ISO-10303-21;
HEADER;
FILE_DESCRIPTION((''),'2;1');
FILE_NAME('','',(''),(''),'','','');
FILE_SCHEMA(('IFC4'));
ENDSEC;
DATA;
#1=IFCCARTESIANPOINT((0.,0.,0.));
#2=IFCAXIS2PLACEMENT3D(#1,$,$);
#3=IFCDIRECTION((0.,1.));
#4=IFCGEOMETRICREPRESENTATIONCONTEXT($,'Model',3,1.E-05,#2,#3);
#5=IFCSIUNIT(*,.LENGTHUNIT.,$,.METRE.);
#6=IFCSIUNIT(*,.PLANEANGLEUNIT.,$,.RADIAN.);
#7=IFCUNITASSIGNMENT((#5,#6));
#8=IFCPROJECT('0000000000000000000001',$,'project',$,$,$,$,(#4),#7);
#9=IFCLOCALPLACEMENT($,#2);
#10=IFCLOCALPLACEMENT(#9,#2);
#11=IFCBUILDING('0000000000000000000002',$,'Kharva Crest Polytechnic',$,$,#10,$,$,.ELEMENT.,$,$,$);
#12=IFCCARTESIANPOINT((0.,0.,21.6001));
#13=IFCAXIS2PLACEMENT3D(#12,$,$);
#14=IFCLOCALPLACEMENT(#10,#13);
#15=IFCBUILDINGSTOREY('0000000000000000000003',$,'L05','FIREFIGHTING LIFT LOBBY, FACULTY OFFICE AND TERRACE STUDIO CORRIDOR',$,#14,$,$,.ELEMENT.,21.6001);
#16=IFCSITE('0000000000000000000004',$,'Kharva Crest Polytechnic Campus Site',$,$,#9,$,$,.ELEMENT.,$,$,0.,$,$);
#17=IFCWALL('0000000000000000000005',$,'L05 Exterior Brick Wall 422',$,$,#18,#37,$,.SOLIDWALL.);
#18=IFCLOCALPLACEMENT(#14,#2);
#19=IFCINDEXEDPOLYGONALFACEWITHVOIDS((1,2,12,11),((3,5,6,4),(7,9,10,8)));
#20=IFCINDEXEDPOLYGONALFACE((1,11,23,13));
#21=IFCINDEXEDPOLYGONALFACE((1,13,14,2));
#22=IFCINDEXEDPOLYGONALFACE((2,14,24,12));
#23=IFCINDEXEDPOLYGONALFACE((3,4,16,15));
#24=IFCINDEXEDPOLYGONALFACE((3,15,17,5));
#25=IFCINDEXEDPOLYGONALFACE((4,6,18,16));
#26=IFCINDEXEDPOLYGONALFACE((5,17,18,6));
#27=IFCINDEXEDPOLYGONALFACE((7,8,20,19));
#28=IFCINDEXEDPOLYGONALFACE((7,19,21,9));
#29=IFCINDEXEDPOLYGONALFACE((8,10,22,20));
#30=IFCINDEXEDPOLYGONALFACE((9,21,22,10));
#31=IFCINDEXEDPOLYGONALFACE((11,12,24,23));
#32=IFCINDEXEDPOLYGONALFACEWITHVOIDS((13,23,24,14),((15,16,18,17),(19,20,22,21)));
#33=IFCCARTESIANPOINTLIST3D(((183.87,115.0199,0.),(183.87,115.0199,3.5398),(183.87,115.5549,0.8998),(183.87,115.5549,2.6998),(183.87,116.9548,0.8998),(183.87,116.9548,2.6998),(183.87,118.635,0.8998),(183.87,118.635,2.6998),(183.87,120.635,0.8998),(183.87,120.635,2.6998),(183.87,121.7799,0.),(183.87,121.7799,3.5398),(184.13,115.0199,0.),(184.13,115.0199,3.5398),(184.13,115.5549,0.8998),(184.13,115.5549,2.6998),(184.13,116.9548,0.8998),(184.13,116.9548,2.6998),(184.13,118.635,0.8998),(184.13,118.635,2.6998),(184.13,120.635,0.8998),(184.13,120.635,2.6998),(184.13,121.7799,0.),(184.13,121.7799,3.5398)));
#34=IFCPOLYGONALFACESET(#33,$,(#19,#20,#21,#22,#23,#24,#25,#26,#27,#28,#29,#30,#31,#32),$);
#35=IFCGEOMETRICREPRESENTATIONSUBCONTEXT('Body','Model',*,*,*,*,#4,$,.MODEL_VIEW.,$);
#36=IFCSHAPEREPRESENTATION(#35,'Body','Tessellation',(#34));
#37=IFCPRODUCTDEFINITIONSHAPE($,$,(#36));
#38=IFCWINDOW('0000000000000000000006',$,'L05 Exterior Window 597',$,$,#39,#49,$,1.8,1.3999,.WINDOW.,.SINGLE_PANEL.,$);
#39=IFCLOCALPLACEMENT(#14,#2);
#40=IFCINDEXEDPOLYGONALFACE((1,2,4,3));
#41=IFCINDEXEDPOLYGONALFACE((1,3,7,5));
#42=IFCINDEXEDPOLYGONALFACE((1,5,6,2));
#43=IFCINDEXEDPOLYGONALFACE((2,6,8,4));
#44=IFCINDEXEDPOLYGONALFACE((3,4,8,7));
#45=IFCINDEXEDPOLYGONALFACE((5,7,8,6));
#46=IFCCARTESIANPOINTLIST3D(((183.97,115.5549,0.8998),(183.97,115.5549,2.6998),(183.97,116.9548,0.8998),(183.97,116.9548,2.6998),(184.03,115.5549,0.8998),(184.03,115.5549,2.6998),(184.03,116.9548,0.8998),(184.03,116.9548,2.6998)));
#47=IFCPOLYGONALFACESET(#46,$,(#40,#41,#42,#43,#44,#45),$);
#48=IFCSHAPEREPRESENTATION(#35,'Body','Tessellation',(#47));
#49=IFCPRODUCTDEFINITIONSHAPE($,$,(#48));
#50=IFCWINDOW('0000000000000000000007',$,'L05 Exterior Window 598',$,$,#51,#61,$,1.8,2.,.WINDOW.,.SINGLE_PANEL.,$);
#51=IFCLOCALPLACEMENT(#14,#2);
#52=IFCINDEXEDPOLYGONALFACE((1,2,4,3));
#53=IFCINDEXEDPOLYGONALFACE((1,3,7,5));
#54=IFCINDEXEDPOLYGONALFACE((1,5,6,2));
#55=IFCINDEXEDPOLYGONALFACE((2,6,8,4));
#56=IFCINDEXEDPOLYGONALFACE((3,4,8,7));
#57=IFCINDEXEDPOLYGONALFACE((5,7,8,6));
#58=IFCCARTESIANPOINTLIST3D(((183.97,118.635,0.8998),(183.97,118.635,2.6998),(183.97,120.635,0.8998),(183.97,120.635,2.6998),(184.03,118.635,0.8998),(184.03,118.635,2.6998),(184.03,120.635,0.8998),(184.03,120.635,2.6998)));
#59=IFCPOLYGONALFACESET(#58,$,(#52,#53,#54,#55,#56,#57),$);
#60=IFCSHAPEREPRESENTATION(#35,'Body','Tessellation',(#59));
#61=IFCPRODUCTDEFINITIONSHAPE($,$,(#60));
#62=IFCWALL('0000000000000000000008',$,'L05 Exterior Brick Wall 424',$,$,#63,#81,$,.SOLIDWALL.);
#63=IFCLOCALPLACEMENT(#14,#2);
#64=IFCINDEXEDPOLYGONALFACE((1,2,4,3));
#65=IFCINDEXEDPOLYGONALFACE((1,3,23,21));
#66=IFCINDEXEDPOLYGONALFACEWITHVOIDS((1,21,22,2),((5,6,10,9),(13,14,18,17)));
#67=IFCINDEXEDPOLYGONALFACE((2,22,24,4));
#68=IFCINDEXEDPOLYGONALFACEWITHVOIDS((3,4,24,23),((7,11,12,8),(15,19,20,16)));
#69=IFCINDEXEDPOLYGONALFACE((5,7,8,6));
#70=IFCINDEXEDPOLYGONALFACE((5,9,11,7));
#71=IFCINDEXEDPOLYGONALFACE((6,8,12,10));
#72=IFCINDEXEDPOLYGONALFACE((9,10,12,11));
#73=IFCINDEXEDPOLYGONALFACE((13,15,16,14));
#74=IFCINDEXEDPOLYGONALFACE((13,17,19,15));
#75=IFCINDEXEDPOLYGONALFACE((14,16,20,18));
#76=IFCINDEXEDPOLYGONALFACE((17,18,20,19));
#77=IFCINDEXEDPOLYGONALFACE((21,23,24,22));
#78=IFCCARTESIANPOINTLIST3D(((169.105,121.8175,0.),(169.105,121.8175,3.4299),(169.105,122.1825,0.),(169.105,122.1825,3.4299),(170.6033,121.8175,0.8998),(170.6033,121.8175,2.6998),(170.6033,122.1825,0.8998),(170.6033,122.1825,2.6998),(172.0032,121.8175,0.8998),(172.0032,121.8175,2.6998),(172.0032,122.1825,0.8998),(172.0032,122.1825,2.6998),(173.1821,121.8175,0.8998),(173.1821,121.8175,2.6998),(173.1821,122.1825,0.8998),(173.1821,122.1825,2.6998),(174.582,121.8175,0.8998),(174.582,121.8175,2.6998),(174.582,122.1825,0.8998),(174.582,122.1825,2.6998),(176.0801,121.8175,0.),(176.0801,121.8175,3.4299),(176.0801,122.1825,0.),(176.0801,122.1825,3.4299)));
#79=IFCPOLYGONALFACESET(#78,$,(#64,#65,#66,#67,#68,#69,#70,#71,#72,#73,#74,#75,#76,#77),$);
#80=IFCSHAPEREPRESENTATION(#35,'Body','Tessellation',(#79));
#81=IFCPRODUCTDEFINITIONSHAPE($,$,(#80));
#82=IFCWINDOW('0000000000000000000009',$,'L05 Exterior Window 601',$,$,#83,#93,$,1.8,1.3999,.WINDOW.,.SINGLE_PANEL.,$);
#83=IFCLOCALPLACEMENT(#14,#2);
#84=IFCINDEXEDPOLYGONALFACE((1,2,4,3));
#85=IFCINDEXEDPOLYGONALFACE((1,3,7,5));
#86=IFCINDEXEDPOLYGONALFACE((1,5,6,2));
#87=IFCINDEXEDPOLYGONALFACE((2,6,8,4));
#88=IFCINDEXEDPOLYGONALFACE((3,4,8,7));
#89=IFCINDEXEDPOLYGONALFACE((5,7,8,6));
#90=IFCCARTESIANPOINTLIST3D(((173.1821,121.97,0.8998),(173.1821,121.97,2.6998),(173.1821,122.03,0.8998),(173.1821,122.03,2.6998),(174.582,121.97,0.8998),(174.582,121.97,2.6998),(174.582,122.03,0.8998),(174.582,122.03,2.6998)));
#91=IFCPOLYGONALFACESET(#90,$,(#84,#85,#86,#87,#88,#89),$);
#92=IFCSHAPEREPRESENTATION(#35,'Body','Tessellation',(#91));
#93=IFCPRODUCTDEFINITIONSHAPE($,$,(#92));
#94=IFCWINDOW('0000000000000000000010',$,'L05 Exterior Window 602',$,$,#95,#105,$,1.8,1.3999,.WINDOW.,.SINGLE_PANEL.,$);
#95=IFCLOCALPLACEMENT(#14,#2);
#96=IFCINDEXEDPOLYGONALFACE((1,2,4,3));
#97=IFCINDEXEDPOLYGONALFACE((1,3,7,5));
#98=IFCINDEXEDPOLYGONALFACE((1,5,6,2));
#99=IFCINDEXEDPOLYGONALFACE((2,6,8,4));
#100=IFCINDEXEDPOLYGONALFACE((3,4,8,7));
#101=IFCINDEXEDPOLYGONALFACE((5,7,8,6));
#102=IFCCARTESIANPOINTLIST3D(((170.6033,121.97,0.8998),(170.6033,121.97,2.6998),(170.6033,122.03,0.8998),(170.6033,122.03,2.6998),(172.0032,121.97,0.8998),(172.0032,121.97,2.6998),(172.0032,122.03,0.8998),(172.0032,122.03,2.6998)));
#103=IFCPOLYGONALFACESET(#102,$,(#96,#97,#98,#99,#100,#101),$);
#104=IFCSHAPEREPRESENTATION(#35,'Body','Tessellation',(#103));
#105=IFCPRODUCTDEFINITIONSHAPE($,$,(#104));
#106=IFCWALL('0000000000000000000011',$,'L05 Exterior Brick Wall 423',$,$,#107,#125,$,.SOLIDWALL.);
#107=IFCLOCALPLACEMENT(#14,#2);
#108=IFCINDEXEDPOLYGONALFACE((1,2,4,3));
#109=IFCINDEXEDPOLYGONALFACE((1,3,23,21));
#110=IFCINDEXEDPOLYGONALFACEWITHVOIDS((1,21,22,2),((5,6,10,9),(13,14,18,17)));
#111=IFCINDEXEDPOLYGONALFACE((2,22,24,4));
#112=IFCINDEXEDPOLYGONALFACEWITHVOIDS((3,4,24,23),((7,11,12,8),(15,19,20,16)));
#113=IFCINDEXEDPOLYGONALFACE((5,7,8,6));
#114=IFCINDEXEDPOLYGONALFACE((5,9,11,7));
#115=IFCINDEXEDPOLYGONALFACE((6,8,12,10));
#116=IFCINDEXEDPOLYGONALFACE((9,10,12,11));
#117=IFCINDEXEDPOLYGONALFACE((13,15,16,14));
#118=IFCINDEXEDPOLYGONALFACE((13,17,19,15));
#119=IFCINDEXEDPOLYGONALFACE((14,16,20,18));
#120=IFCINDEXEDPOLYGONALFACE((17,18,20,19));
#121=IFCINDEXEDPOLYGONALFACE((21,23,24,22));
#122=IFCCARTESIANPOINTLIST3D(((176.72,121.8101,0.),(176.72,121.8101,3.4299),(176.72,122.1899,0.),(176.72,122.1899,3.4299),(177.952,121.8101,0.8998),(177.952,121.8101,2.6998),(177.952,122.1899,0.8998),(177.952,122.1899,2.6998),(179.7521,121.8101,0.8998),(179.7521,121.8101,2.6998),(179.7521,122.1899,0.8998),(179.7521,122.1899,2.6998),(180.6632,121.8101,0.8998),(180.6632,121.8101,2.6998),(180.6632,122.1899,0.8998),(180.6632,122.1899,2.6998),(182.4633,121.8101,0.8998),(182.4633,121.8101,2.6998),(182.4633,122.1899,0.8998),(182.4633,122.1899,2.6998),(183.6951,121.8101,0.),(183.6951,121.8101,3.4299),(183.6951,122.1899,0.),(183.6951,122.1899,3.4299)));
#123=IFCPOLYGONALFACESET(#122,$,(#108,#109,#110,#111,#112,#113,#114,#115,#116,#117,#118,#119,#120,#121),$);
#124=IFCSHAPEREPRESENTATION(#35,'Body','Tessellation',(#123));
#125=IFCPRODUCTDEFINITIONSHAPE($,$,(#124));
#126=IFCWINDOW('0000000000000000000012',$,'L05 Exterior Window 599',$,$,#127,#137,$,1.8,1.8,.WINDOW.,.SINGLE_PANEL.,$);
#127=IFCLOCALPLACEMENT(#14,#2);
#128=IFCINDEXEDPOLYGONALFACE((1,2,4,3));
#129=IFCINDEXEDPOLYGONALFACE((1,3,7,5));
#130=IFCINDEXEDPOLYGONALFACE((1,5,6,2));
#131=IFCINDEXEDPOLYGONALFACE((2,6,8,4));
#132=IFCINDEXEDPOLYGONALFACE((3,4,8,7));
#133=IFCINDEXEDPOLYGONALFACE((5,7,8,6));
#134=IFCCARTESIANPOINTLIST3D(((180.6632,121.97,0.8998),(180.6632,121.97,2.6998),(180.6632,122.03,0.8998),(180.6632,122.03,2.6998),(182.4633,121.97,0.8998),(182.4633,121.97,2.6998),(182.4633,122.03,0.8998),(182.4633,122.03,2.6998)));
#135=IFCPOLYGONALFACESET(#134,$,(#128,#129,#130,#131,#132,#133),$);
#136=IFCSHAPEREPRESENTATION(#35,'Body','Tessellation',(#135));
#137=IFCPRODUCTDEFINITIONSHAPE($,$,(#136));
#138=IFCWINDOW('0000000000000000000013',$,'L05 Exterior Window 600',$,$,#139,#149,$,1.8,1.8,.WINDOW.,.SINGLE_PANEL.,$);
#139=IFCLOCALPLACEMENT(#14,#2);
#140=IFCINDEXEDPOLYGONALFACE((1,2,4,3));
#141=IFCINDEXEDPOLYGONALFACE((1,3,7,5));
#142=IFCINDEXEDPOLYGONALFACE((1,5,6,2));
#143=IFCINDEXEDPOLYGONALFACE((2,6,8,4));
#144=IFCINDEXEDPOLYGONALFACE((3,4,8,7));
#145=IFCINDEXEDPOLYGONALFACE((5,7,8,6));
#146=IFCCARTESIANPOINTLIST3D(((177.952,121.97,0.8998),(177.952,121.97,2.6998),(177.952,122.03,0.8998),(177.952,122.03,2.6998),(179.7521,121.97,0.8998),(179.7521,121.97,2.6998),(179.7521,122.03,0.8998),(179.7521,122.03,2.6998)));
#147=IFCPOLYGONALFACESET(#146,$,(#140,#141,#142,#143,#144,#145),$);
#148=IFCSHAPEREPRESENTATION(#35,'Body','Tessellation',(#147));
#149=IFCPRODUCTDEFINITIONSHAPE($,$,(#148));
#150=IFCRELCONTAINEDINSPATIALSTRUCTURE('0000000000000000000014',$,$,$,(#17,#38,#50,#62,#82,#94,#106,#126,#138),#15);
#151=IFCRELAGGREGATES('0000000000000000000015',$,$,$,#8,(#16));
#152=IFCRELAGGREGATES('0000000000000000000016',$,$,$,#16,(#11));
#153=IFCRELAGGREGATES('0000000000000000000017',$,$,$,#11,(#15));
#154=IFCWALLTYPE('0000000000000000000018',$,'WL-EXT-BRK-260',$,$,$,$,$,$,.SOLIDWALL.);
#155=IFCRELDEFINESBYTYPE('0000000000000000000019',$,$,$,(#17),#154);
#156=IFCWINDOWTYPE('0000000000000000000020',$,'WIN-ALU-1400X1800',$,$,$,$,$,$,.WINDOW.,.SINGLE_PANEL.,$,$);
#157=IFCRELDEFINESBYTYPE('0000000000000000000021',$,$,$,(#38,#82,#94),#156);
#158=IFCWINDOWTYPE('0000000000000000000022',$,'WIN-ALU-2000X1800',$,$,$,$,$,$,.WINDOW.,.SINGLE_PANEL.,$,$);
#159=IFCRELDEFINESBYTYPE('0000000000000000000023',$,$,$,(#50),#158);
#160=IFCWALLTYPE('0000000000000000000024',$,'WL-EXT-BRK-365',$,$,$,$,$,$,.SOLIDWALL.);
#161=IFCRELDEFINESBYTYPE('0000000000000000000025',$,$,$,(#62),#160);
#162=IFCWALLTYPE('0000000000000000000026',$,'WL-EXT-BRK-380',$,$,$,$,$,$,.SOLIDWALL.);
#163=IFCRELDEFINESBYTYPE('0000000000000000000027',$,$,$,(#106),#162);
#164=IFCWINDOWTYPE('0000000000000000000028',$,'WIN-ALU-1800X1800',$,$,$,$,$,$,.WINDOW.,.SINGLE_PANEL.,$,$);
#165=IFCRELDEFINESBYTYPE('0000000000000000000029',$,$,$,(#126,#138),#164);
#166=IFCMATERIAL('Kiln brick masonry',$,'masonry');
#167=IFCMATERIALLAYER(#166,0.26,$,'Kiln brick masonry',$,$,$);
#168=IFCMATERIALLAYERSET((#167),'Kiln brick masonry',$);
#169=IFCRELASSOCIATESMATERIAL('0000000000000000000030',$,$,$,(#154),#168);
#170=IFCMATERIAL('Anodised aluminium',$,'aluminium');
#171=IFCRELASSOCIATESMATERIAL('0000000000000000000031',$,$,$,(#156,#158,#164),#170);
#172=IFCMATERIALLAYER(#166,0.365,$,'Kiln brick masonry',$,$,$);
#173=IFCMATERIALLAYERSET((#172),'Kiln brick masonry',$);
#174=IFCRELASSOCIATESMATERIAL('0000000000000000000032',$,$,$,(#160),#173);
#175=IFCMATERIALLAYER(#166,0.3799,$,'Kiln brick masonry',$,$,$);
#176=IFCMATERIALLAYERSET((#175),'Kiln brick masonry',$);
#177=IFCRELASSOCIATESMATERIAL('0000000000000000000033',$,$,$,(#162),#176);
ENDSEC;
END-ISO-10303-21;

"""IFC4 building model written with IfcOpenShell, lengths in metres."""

from ifc_helpers import new_model, si_unit, direction, frame, frame_2d, origin, place, context, subcontext, project, spatial, rectangle, extrude, material, layer, layer_set, type_object, element, fill, save


model = new_model("IFC4")

# Units and contexts
model_context = context("Model", 3, precision=1e-05, world=origin(), true_north=direction((0.0, 1.0)))
body_context = subcontext(model_context, "Body", "Model", "MODEL_VIEW")
ifc_project = project(units=[si_unit("LENGTHUNIT", "METRE"), si_unit("PLANEANGLEUNIT", "RADIAN")], contexts=[model_context])

# Site, building, storey
site_placement = place(None, origin())
site = spatial("IfcSite", under=ifc_project, at=site_placement, Name="Kharva Crest Polytechnic Campus Site", CompositionType="ELEMENT", RefElevation=0.0)
building_placement = place(site_placement, origin())
building = spatial("IfcBuilding", under=site, at=building_placement, Name="Kharva Crest Polytechnic", CompositionType="ELEMENT")
storey_placement = place(building_placement, frame((0.0, 0.0, 21.6001)))
storey = spatial("IfcBuildingStorey", under=building, at=storey_placement, Name="L05", Description="FIREFIGHTING LIFT LOBBY, FACULTY OFFICE AND TERRACE STUDIO CORRIDOR", CompositionType="ELEMENT", Elevation=21.6001)

# Walls, openings, windows
ifc_material_1 = material(Name="Kiln brick masonry", Category="masonry")
ifc_layer_1 = layer(ifc_material_1, 0.26, Name="Kiln brick masonry")
ifc_layer_set_1 = layer_set([ifc_layer_1], Name="Kiln brick masonry")
wall_type_1 = type_object("IfcWallType", Name="WL-EXT-BRK-260", PredefinedType="SOLIDWALL", material=ifc_layer_set_1)
wall_1_placement = place(storey_placement, frame((184.0, 115.02, 0.0), z_axis=(0.0, 0.0, 1.0), x_axis=(0.0, 1.0, 0.0)))
wall_1 = element("IfcWall", 1, at=wall_1_placement, inside=storey, type_object=wall_type_1, Name="L05 Exterior Brick Wall 422", PredefinedType="SOLIDWALL", context=body_context, shape_type="SweptSolid", body=[
    extrude(rectangle(XDim=6.76, YDim=0.26, at=frame_2d((3.3799, 0.0))), origin(), (0.0, 0.0, 1.0), 3.5398),
])
opening_1_placement = place(wall_1_placement, frame((0.5349, 0.0, 0.8999)))
opening_1 = element("IfcOpeningElement", 2, at=opening_1_placement, cuts=wall_1, PredefinedType="OPENING", context=body_context, shape_type="SweptSolid", body=[
    extrude(rectangle(XDim=1.3999, YDim=1.8, at=frame_2d((0.7, 0.8999))), frame((0.0, 0.1399, 0.0), z_axis=(0.0, -1.0, 0.0), x_axis=(1.0, 0.0, 0.0)), (0.0, 0.0, 1.0), 0.28),
])
opening_2_placement = place(wall_1_placement, frame((3.615, 0.0, 0.8999)))
opening_2 = element("IfcOpeningElement", 3, at=opening_2_placement, cuts=wall_1, PredefinedType="OPENING", context=body_context, shape_type="SweptSolid", body=[
    extrude(rectangle(XDim=2.0, YDim=1.8, at=frame_2d((1.0, 0.8999))), frame((0.0, 0.1399, 0.0), z_axis=(0.0, -1.0, 0.0), x_axis=(1.0, 0.0, 0.0)), (0.0, 0.0, 1.0), 0.28),
])
ifc_material_2 = material(Name="Anodised aluminium", Category="aluminium")
window_type_1 = type_object("IfcWindowType", Name="WIN-ALU-1400X1800", PartitioningType="SINGLE_PANEL", PredefinedType="WINDOW", material=ifc_material_2)
window_1_placement = place(opening_1_placement, origin())
window_1 = element("IfcWindow", 4, at=window_1_placement, inside=storey, type_object=window_type_1, Name="L05 Exterior Window 597", OverallHeight=1.8, OverallWidth=1.3999, PartitioningType="SINGLE_PANEL", PredefinedType="WINDOW", context=body_context, shape_type="SweptSolid", body=[
    extrude(rectangle(XDim=1.3999, YDim=1.8, at=frame_2d((0.7, 0.8999))), frame((0.0, 0.03, 0.0), z_axis=(0.0, -1.0, 0.0), x_axis=(1.0, 0.0, 0.0)), (0.0, 0.0, 1.0), 0.0601),
])
fill(opening_1, window_1)
window_type_2 = type_object("IfcWindowType", Name="WIN-ALU-2000X1800", PartitioningType="SINGLE_PANEL", PredefinedType="WINDOW", material=ifc_material_2)
window_2_placement = place(opening_2_placement, origin())
window_2 = element("IfcWindow", 5, at=window_2_placement, inside=storey, type_object=window_type_2, Name="L05 Exterior Window 598", OverallHeight=1.8, OverallWidth=2.0, PartitioningType="SINGLE_PANEL", PredefinedType="WINDOW", context=body_context, shape_type="SweptSolid", body=[
    extrude(rectangle(XDim=2.0, YDim=1.8, at=frame_2d((1.0, 0.8999))), frame((0.0, 0.03, 0.0), z_axis=(0.0, -1.0, 0.0), x_axis=(1.0, 0.0, 0.0)), (0.0, 0.0, 1.0), 0.0601),
])
fill(opening_2, window_2)
ifc_layer_2 = layer(ifc_material_1, 0.365, Name="Kiln brick masonry")
ifc_layer_set_2 = layer_set([ifc_layer_2], Name="Kiln brick masonry")
wall_type_2 = type_object("IfcWallType", Name="WL-EXT-BRK-365", PredefinedType="SOLIDWALL", material=ifc_layer_set_2)
wall_2_placement = place(storey_placement, frame((176.0801, 122.0, 0.0), z_axis=(0.0, 0.0, 1.0), x_axis=(-1.0, 0.0, 0.0)))
wall_2 = element("IfcWall", 6, at=wall_2_placement, inside=storey, type_object=wall_type_2, Name="L05 Exterior Brick Wall 424", PredefinedType="SOLIDWALL", context=body_context, shape_type="SweptSolid", body=[
    extrude(rectangle(XDim=6.9751, YDim=0.365, at=frame_2d((3.4875, 0.0))), origin(), (0.0, 0.0, 1.0), 3.4299),
])
opening_3_placement = place(wall_2_placement, frame((1.498, 0.0, 0.8999)))
opening_3 = element("IfcOpeningElement", 7, at=opening_3_placement, cuts=wall_2, PredefinedType="OPENING", context=body_context, shape_type="SweptSolid", body=[
    extrude(rectangle(XDim=1.3999, YDim=1.8, at=frame_2d((0.7, 0.8999))), frame((0.0, 0.1924, 0.0), z_axis=(0.0, -1.0, 0.0), x_axis=(1.0, 0.0, 0.0)), (0.0, 0.0, 1.0), 0.385),
])
opening_4_placement = place(wall_2_placement, frame((4.0769, 0.0, 0.8999)))
opening_4 = element("IfcOpeningElement", 8, at=opening_4_placement, cuts=wall_2, PredefinedType="OPENING", context=body_context, shape_type="SweptSolid", body=[
    extrude(rectangle(XDim=1.3999, YDim=1.8, at=frame_2d((0.7, 0.8999))), frame((0.0, 0.1924, 0.0), z_axis=(0.0, -1.0, 0.0), x_axis=(1.0, 0.0, 0.0)), (0.0, 0.0, 1.0), 0.385),
])
window_3_placement = place(opening_3_placement, origin())
window_3 = element("IfcWindow", 9, at=window_3_placement, inside=storey, type_object=window_type_1, Name="L05 Exterior Window 601", OverallHeight=1.8, OverallWidth=1.3999, PartitioningType="SINGLE_PANEL", PredefinedType="WINDOW", context=body_context, shape_type="SweptSolid", body=[
    extrude(rectangle(XDim=1.3999, YDim=1.8, at=frame_2d((0.7, 0.8999))), frame((0.0, 0.03, 0.0), z_axis=(0.0, -1.0, 0.0), x_axis=(1.0, 0.0, 0.0)), (0.0, 0.0, 1.0), 0.0601),
])
fill(opening_3, window_3)
window_4_placement = place(opening_4_placement, origin())
window_4 = element("IfcWindow", 10, at=window_4_placement, inside=storey, type_object=window_type_1, Name="L05 Exterior Window 602", OverallHeight=1.8, OverallWidth=1.3999, PartitioningType="SINGLE_PANEL", PredefinedType="WINDOW", context=body_context, shape_type="SweptSolid", body=[
    extrude(rectangle(XDim=1.3999, YDim=1.8, at=frame_2d((0.7, 0.8999))), frame((0.0, 0.03, 0.0), z_axis=(0.0, -1.0, 0.0), x_axis=(1.0, 0.0, 0.0)), (0.0, 0.0, 1.0), 0.0601),
])
fill(opening_4, window_4)
ifc_layer_3 = layer(ifc_material_1, 0.3799, Name="Kiln brick masonry")
ifc_layer_set_3 = layer_set([ifc_layer_3], Name="Kiln brick masonry")
wall_type_3 = type_object("IfcWallType", Name="WL-EXT-BRK-380", PredefinedType="SOLIDWALL", material=ifc_layer_set_3)
wall_3_placement = place(storey_placement, frame((183.6951, 122.0, 0.0), z_axis=(0.0, 0.0, 1.0), x_axis=(-1.0, 0.0, 0.0)))
wall_3 = element("IfcWall", 11, at=wall_3_placement, inside=storey, type_object=wall_type_3, Name="L05 Exterior Brick Wall 423", PredefinedType="SOLIDWALL", context=body_context, shape_type="SweptSolid", body=[
    extrude(rectangle(XDim=6.9751, YDim=0.3799, at=frame_2d((3.4875, 0.0))), origin(), (0.0, 0.0, 1.0), 3.4299),
])
opening_5_placement = place(wall_3_placement, frame((1.2319, 0.0, 0.8999)))
opening_5 = element("IfcOpeningElement", 12, at=opening_5_placement, cuts=wall_3, PredefinedType="OPENING", context=body_context, shape_type="SweptSolid", body=[
    extrude(rectangle(XDim=1.8, YDim=1.8, at=frame_2d((0.8999, 0.8999))), frame((0.0, 0.2, 0.0), z_axis=(0.0, -1.0, 0.0), x_axis=(1.0, 0.0, 0.0)), (0.0, 0.0, 1.0), 0.3999),
])
opening_6_placement = place(wall_3_placement, frame((3.9431, 0.0, 0.8999)))
opening_6 = element("IfcOpeningElement", 13, at=opening_6_placement, cuts=wall_3, PredefinedType="OPENING", context=body_context, shape_type="SweptSolid", body=[
    extrude(rectangle(XDim=1.8, YDim=1.8, at=frame_2d((0.8999, 0.8999))), frame((0.0, 0.2, 0.0), z_axis=(0.0, -1.0, 0.0), x_axis=(1.0, 0.0, 0.0)), (0.0, 0.0, 1.0), 0.3999),
])
window_type_3 = type_object("IfcWindowType", Name="WIN-ALU-1800X1800", PartitioningType="SINGLE_PANEL", PredefinedType="WINDOW", material=ifc_material_2)
window_5_placement = place(opening_5_placement, origin())
window_5 = element("IfcWindow", 14, at=window_5_placement, inside=storey, type_object=window_type_3, Name="L05 Exterior Window 599", OverallHeight=1.8, OverallWidth=1.8, PartitioningType="SINGLE_PANEL", PredefinedType="WINDOW", context=body_context, shape_type="SweptSolid", body=[
    extrude(rectangle(XDim=1.8, YDim=1.8, at=frame_2d((0.8999, 0.8999))), frame((0.0, 0.03, 0.0), z_axis=(0.0, -1.0, 0.0), x_axis=(1.0, 0.0, 0.0)), (0.0, 0.0, 1.0), 0.0601),
])
fill(opening_5, window_5)
window_6_placement = place(opening_6_placement, origin())
window_6 = element("IfcWindow", 15, at=window_6_placement, inside=storey, type_object=window_type_3, Name="L05 Exterior Window 600", OverallHeight=1.8, OverallWidth=1.8, PartitioningType="SINGLE_PANEL", PredefinedType="WINDOW", context=body_context, shape_type="SweptSolid", body=[
    extrude(rectangle(XDim=1.8, YDim=1.8, at=frame_2d((0.8999, 0.8999))), frame((0.0, 0.03, 0.0), z_axis=(0.0, -1.0, 0.0), x_axis=(1.0, 0.0, 0.0)), (0.0, 0.0, 1.0), 0.0601),
])
fill(opening_6, window_6)

save(model, "model.ifc")
